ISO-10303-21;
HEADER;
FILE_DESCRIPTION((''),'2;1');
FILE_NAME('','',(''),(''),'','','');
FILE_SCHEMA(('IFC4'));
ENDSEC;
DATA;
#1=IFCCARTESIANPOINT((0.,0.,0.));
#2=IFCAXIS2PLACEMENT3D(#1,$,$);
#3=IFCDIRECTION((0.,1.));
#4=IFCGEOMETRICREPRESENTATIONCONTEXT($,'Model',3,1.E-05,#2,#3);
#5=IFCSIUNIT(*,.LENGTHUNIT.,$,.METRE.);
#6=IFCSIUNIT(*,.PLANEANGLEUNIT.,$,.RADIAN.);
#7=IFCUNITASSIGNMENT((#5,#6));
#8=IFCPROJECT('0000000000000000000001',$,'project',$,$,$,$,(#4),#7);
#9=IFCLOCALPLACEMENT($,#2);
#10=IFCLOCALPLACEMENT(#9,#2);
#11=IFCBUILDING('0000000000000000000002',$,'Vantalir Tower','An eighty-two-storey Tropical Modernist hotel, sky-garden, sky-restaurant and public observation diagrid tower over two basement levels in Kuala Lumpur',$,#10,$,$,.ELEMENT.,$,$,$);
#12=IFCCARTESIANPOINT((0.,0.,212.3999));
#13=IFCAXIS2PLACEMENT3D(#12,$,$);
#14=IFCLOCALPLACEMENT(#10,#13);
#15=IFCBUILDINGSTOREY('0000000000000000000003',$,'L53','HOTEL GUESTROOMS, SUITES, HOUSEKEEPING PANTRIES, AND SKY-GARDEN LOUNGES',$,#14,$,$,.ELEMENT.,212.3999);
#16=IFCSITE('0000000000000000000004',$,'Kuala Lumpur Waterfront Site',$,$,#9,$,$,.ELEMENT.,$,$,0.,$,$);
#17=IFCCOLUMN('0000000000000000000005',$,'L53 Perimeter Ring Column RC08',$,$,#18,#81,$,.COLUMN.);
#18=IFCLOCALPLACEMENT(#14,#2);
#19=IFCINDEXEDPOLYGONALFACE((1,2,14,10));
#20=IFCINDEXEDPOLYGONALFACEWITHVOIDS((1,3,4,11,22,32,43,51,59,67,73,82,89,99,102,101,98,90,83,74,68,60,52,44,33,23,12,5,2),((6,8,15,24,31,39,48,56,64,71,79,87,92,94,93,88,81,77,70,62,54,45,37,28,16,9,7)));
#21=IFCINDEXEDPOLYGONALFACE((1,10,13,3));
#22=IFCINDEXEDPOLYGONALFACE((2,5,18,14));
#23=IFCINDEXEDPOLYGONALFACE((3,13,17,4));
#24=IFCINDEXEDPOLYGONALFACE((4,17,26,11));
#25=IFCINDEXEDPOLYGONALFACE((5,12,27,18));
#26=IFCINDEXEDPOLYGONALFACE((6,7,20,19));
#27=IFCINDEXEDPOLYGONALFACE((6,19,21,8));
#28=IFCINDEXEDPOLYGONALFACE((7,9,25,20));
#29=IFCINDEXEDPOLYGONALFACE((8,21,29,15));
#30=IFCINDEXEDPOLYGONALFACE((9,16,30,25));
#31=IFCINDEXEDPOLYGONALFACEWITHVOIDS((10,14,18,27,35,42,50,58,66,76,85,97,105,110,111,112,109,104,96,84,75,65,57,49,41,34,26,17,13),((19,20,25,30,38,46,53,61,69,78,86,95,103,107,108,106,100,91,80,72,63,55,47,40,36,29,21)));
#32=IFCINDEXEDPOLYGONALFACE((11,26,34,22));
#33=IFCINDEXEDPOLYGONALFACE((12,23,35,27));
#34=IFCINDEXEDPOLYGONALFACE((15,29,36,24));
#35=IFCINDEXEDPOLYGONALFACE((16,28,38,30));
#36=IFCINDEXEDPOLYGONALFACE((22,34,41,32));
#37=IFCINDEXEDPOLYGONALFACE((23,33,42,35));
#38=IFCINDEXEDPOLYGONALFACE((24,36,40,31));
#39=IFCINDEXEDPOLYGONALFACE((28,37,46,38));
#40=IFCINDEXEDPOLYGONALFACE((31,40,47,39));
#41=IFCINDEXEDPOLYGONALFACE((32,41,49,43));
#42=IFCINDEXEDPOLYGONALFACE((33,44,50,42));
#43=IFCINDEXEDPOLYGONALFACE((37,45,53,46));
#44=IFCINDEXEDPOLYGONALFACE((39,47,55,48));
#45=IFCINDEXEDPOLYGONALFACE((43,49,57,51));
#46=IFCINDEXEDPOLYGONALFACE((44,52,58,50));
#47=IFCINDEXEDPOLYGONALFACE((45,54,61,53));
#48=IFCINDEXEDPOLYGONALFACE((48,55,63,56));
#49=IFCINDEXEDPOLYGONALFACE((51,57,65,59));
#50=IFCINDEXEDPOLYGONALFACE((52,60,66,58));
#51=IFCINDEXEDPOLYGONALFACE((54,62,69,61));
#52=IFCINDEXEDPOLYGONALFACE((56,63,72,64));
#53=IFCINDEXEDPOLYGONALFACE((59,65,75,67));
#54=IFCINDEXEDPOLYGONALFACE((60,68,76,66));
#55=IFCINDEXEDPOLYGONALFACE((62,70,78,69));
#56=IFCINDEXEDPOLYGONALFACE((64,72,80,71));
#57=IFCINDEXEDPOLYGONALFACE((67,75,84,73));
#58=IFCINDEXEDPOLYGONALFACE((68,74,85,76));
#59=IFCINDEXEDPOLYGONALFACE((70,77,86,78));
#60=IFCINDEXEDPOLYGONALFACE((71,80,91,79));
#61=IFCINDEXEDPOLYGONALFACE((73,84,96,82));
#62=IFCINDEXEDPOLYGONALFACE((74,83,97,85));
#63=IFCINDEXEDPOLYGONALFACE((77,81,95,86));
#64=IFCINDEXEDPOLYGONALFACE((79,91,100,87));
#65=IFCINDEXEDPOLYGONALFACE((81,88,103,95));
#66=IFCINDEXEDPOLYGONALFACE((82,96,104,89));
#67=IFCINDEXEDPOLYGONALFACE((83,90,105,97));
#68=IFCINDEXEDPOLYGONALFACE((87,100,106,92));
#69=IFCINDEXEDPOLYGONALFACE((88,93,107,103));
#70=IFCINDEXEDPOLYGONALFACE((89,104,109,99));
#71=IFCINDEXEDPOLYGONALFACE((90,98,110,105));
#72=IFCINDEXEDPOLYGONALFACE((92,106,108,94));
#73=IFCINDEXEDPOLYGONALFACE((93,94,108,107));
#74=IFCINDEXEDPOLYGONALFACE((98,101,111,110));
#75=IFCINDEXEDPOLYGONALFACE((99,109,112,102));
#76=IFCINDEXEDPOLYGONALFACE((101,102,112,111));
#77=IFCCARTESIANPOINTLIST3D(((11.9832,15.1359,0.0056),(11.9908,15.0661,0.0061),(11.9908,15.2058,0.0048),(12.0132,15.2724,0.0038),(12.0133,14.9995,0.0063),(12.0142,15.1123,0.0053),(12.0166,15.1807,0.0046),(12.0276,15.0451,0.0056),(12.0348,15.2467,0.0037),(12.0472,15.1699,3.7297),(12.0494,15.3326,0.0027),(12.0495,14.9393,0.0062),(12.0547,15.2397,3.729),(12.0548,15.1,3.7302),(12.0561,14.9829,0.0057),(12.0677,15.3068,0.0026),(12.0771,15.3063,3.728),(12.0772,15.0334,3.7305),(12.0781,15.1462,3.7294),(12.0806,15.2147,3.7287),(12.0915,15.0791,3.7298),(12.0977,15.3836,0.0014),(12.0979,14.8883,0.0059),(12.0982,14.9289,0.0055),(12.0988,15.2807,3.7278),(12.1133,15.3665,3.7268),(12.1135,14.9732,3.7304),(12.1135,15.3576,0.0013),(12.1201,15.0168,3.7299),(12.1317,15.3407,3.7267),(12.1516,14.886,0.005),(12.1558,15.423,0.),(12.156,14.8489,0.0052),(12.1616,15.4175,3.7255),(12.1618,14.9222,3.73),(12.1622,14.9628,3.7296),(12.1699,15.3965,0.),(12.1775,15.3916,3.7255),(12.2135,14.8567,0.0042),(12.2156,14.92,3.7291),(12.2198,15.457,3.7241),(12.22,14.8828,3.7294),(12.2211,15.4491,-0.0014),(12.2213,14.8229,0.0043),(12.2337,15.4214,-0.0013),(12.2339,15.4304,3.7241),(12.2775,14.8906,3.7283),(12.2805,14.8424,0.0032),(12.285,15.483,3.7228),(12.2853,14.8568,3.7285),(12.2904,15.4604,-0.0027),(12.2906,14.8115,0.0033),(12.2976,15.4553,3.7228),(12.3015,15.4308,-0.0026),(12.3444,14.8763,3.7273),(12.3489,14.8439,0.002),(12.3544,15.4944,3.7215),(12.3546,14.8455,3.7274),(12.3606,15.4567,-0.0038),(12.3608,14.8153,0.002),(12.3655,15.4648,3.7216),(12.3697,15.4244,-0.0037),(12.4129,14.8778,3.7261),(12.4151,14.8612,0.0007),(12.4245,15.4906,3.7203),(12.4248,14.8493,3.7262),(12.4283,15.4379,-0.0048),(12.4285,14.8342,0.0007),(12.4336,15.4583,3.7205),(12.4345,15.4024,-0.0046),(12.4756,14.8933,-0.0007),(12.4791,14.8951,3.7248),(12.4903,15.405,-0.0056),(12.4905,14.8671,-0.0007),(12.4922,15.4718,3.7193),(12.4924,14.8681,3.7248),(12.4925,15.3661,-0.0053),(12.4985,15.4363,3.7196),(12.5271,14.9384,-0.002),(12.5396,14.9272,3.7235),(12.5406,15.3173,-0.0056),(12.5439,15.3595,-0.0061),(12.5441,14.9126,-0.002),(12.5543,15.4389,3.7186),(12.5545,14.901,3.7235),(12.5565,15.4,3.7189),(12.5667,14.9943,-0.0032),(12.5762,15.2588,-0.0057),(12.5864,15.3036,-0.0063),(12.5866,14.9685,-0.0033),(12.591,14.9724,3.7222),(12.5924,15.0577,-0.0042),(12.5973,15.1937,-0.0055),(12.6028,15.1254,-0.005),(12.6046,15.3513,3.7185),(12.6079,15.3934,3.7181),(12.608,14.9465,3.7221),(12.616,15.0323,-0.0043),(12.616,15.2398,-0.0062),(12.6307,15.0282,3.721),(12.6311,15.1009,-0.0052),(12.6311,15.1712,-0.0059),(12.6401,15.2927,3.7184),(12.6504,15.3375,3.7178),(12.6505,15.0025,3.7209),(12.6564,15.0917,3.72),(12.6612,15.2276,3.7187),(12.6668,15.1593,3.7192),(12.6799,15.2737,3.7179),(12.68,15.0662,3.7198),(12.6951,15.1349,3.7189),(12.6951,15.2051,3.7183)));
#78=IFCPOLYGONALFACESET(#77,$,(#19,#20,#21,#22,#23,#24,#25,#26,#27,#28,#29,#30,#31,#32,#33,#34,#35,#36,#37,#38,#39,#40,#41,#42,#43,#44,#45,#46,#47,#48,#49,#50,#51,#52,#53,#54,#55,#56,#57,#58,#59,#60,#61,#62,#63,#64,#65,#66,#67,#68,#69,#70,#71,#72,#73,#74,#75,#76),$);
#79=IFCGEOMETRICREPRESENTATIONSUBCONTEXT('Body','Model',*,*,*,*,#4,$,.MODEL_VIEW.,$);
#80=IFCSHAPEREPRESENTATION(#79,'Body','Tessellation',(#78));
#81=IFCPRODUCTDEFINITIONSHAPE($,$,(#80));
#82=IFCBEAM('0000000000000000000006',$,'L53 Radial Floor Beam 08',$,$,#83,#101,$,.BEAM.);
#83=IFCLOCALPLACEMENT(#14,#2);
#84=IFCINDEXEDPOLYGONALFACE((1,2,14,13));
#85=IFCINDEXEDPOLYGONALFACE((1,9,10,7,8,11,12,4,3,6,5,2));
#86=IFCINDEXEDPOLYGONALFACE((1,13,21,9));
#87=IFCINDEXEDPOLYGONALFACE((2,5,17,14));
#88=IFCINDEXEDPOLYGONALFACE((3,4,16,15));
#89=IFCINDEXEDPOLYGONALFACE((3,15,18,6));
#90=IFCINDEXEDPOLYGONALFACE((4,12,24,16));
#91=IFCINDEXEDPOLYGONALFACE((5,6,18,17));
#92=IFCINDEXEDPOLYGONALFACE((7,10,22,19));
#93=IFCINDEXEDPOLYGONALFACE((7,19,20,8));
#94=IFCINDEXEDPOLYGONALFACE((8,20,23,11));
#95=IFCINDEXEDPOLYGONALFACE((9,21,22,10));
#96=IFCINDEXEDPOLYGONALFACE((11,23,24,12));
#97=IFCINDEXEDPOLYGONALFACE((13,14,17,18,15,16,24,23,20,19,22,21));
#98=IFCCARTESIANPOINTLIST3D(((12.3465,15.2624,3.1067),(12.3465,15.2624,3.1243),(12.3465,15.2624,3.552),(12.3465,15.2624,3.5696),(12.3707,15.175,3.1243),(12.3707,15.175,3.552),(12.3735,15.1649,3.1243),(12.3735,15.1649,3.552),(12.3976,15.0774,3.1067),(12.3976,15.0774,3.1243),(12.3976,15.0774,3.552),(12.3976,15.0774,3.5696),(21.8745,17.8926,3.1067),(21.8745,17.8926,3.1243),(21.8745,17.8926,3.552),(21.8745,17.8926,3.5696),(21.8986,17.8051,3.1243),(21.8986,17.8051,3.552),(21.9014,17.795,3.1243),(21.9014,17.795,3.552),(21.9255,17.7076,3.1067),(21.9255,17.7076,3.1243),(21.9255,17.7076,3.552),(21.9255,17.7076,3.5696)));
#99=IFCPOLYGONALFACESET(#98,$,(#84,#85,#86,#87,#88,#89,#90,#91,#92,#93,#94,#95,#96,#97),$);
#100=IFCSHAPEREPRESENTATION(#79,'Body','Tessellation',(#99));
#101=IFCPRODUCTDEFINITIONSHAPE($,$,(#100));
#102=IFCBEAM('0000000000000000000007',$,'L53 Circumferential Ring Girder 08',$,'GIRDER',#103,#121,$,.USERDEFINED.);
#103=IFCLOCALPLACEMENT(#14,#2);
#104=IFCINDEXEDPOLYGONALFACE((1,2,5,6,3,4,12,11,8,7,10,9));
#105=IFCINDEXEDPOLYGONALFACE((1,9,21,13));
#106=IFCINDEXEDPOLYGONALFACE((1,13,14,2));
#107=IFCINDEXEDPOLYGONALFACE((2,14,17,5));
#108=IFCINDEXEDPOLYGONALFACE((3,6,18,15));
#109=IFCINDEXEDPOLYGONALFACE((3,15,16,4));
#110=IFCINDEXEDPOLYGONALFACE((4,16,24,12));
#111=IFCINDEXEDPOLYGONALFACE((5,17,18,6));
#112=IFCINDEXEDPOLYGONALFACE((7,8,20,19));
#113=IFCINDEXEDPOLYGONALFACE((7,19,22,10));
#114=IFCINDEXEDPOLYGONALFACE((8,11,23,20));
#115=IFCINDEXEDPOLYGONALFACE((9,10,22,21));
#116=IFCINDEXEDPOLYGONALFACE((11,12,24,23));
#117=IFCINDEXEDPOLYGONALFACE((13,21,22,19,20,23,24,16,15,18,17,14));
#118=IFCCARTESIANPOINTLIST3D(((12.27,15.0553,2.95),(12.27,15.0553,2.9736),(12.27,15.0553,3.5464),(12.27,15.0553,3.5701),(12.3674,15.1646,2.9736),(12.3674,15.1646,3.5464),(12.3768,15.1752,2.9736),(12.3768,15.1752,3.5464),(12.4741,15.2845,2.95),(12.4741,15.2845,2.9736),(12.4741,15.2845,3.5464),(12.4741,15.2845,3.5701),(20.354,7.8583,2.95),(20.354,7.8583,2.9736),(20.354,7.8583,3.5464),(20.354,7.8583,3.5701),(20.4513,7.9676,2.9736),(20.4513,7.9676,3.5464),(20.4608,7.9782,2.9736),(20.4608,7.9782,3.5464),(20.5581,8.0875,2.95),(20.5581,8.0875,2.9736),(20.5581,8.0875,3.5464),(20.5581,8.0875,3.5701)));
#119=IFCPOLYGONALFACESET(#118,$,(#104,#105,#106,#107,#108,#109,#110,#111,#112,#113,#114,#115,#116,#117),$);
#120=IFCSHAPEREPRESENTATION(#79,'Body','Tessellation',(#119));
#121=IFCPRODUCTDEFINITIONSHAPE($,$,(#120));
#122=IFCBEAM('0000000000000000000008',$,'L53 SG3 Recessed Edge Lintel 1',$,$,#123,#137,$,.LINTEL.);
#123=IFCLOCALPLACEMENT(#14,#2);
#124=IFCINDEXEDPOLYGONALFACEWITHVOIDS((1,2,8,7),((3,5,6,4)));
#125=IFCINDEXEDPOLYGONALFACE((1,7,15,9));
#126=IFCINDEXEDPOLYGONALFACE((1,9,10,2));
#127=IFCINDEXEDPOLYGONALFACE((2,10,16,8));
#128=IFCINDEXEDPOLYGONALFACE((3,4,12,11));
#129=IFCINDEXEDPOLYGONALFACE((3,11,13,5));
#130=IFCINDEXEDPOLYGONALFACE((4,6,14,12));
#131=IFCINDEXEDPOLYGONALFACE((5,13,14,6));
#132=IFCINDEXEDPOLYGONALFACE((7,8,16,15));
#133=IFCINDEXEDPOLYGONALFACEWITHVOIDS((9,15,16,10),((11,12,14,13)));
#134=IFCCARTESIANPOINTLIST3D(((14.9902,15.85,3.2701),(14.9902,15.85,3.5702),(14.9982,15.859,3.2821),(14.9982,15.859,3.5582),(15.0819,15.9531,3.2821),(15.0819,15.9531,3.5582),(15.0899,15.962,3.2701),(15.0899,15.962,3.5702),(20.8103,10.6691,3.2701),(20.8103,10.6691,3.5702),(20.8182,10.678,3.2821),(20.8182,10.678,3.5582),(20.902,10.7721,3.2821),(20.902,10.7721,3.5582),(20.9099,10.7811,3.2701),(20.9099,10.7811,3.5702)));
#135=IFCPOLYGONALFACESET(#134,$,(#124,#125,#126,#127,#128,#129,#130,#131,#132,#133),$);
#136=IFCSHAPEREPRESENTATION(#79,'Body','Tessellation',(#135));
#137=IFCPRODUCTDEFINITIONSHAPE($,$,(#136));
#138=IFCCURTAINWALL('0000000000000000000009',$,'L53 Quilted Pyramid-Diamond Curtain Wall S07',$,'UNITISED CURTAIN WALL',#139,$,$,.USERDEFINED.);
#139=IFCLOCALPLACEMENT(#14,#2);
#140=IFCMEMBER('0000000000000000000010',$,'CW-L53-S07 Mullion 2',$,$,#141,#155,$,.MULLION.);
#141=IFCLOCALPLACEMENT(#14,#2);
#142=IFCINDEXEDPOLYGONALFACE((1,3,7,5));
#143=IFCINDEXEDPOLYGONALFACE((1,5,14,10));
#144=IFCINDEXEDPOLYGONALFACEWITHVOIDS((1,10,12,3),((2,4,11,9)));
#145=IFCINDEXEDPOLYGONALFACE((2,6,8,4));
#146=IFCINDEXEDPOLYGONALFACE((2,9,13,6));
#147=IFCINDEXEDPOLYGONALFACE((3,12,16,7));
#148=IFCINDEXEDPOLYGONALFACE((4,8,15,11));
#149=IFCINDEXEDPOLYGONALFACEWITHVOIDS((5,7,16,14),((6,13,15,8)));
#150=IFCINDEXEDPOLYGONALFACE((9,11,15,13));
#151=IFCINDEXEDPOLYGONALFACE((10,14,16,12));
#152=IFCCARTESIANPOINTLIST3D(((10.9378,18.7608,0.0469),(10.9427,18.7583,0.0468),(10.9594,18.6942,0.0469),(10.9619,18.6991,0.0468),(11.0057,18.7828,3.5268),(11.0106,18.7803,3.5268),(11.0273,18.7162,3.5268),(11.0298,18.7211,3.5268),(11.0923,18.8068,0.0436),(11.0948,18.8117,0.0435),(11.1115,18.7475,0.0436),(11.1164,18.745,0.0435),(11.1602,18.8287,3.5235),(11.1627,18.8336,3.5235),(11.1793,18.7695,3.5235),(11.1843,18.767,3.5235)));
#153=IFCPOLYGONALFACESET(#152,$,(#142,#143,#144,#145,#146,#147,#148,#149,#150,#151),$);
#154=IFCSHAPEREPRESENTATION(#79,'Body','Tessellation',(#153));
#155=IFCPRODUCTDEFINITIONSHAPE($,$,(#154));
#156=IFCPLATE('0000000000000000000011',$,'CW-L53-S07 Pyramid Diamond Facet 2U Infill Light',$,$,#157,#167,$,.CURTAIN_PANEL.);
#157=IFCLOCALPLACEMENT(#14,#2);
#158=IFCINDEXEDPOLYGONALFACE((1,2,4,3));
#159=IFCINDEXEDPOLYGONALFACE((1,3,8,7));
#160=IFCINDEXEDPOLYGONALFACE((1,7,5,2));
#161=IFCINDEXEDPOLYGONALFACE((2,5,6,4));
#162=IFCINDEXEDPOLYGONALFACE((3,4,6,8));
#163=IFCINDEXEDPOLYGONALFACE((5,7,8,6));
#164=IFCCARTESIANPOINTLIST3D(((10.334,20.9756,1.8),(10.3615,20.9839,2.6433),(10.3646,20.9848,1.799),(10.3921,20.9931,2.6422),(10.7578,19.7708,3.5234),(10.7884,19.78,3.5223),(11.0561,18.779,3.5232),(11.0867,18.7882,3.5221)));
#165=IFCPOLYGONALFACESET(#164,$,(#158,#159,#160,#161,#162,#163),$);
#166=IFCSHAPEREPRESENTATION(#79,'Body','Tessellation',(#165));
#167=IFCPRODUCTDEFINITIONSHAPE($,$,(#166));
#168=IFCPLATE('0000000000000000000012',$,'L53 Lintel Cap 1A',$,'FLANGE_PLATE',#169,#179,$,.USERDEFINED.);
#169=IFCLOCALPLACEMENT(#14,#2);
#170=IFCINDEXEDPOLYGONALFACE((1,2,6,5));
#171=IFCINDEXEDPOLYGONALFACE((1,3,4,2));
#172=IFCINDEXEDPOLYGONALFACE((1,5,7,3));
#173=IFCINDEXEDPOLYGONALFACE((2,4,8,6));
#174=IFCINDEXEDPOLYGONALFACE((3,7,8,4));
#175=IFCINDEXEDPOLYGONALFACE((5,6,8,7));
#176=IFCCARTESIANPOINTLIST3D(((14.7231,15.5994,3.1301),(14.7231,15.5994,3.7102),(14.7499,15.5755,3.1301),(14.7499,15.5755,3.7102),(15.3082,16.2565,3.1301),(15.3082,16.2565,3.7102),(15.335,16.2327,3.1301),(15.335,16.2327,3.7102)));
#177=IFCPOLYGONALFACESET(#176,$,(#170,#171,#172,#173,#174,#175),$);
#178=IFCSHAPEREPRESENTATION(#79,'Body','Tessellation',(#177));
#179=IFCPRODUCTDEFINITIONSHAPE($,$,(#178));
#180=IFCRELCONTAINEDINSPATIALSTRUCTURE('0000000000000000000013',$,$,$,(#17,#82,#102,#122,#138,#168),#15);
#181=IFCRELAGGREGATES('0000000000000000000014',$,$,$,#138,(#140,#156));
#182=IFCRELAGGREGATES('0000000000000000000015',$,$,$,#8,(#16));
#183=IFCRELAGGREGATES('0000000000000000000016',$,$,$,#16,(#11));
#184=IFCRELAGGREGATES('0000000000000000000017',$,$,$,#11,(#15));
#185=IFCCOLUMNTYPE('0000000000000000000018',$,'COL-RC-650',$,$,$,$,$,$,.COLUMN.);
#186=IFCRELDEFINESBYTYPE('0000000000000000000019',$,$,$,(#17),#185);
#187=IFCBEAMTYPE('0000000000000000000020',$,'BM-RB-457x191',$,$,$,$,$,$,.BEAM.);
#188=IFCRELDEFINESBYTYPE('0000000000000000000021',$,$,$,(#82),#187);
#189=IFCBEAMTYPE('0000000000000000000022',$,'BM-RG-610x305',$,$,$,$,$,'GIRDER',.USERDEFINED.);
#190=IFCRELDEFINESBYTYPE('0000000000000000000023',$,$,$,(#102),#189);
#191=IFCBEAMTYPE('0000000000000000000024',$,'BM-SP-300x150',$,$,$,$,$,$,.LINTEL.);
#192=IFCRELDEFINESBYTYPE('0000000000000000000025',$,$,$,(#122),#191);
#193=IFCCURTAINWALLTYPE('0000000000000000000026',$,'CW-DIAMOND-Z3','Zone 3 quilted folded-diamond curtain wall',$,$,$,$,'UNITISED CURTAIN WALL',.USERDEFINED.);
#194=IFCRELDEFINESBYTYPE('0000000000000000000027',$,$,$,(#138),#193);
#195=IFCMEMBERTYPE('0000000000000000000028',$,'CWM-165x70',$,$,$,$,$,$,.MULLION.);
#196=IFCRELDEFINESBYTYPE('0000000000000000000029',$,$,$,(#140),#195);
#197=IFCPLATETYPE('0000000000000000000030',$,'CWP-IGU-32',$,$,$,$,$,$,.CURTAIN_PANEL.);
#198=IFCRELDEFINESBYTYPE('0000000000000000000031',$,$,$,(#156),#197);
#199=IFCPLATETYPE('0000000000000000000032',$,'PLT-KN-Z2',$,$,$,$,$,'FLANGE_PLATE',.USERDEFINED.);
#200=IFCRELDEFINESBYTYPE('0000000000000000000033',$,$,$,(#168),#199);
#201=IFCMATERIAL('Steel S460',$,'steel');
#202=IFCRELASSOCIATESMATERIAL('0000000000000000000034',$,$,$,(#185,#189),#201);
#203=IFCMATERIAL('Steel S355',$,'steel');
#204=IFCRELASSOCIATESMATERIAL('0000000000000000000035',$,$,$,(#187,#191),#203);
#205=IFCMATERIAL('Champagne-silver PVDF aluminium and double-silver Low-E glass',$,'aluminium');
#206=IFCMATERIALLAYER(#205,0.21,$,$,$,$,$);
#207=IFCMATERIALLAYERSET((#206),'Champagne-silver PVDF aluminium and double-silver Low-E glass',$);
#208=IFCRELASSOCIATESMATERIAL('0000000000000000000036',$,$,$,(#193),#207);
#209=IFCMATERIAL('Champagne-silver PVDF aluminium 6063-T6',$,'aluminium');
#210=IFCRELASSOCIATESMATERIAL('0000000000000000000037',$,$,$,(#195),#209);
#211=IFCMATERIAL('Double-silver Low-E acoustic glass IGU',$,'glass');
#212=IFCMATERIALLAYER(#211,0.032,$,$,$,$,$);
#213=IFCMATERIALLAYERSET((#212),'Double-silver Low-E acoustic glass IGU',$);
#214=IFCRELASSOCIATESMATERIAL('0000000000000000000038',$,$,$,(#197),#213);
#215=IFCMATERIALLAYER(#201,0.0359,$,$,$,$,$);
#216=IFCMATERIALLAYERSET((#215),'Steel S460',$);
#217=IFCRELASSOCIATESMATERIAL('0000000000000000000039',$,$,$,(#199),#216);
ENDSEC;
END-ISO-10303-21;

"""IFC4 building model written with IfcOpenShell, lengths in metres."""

from ifc_helpers import new_model, si_unit, direction, frame, origin, origin_2d, place, context, subcontext, project, spatial, polyline, rectangle, hollow_rectangle, hollow_circle, i_section, outline, extrude, material, layer, layer_set, material_profile, profile_set, type_object, element, aggregate, save


model = new_model("IFC4")

# Units and contexts
model_context = context("Model", 3, precision=1e-05, world=origin(), true_north=direction((0.0, 1.0)))
body_context = subcontext(model_context, "Body", "Model", "MODEL_VIEW")
ifc_project = project(units=[si_unit("LENGTHUNIT", "METRE"), si_unit("PLANEANGLEUNIT", "RADIAN")], contexts=[model_context])

# Site, building, storey
site_placement = place(None, origin())
site = spatial("IfcSite", under=ifc_project, at=site_placement, Name="Kuala Lumpur Waterfront Site", CompositionType="ELEMENT", RefElevation=0.0)
building_placement = place(site_placement, origin())
building = spatial("IfcBuilding", under=site, at=building_placement, Name="Vantalir Tower", Description="An eighty-two-storey Tropical Modernist hotel, sky-garden, sky-restaurant and public observation diagrid tower over two basement levels in Kuala Lumpur", CompositionType="ELEMENT")
storey_placement = place(building_placement, frame((0.0, 0.0, 212.3999)))
storey = spatial("IfcBuildingStorey", under=building, at=storey_placement, Name="L53", Description="HOTEL GUESTROOMS, SUITES, HOUSEKEEPING PANTRIES, AND SKY-GARDEN LOUNGES", CompositionType="ELEMENT", Elevation=212.3999)

# Column
ifc_material_1 = material(Name="Steel S460", Category="steel")
ifc_material_profile_1 = material_profile(ifc_material_1, hollow_circle(Radius=0.325, WallThickness=0.03, at=origin_2d()), Name="Steel S460")
ifc_profile_set_1 = profile_set([ifc_material_profile_1], Name="Steel S460")
column_type = type_object("IfcColumnType", Name="COL-RC-650", PredefinedType="COLUMN", material=ifc_profile_set_1)
column_placement = place(storey_placement, frame((12.3081, 15.136, 0.0), z_axis=(0.017173, 0.009111, 0.999811), x_axis=(-0.468662, 0.883378, 0.0)))
element("IfcColumn", 1, at=column_placement, inside=storey, type_object=column_type, Name="L53 Perimeter Ring Column RC08", PredefinedType="COLUMN", context=body_context, shape_type="SweptSolid", body=[
    extrude(hollow_circle(Radius=0.325, WallThickness=0.03, at=origin_2d()), origin(), (0.0, 0.0, 1.0), 3.7249),
])

# Beams
ifc_material_2 = material(Name="Steel S355", Category="steel")
ifc_material_profile_2 = material_profile(ifc_material_2, i_section(OverallWidth=0.1919, OverallDepth=0.4629, WebThickness=0.0105, FlangeThickness=0.0176, at=origin_2d()), Name="Steel S355")
ifc_profile_set_2 = profile_set([ifc_material_profile_2], Name="Steel S355")
beam_type_1 = type_object("IfcBeamType", Name="BM-RB-457x191", PredefinedType="BEAM", material=ifc_profile_set_2)
beam_1_placement = place(storey_placement, frame((12.3721, 15.1699, 3.3381), z_axis=(0.963947, 0.266094, 0.0), x_axis=(-0.266094, 0.963947, 0.0)))
element("IfcBeam", 2, at=beam_1_placement, inside=storey, type_object=beam_type_1, Name="L53 Radial Floor Beam 08", PredefinedType="BEAM", context=body_context, shape_type="SweptSolid", body=[
    extrude(i_section(OverallWidth=0.1919, OverallDepth=0.4629, WebThickness=0.0105, FlangeThickness=0.0176, at=origin_2d()), origin(), (0.0, 0.0, 1.0), 9.8843),
])
ifc_material_profile_3 = material_profile(ifc_material_1, i_section(OverallWidth=0.3069, OverallDepth=0.6201, WebThickness=0.0142, FlangeThickness=0.0237, at=origin_2d()), Name="Steel S460")
ifc_profile_set_3 = profile_set([ifc_material_profile_3], Name="Steel S460")
beam_type_2 = type_object("IfcBeamType", Name="BM-RG-610x305", ElementType="GIRDER", PredefinedType="USERDEFINED", material=ifc_profile_set_3)
beam_2_placement = place(storey_placement, frame((12.3721, 15.1699, 3.26), z_axis=(0.746893, -0.664945, 0.0), x_axis=(0.664945, 0.746893, 0.0)))
element("IfcBeam", 3, at=beam_2_placement, inside=storey, type_object=beam_type_2, Name="L53 Circumferential Ring Girder 08", ObjectType="GIRDER", PredefinedType="USERDEFINED", context=body_context, shape_type="SweptSolid", body=[
    extrude(i_section(OverallWidth=0.3069, OverallDepth=0.6201, WebThickness=0.0142, FlangeThickness=0.0237, at=origin_2d()), origin(), (0.0, 0.0, 1.0), 10.8235),
])
ifc_material_profile_4 = material_profile(ifc_material_2, hollow_rectangle(XDim=0.1499, YDim=0.3, WallThickness=0.012, at=origin_2d()), Name="Steel S355")
ifc_profile_set_4 = profile_set([ifc_material_profile_4], Name="Steel S355")
beam_type_3 = type_object("IfcBeamType", Name="BM-SP-300x150", PredefinedType="LINTEL", material=ifc_profile_set_4)
beam_3_placement = place(storey_placement, frame((15.04, 15.906, 3.4202), z_axis=(0.74693, -0.664902, 0.0), x_axis=(0.664902, 0.74693, 0.0)))
element("IfcBeam", 4, at=beam_3_placement, inside=storey, type_object=beam_type_3, Name="L53 SG3 Recessed Edge Lintel 1", PredefinedType="LINTEL", context=body_context, shape_type="SweptSolid", body=[
    extrude(hollow_rectangle(XDim=0.1499, YDim=0.3, WallThickness=0.012, at=origin_2d()), origin(), (0.0, 0.0, 1.0), 7.792),
])

# Curtain wall, member, plate
ifc_material_3 = material(Name="Champagne-silver PVDF aluminium and double-silver Low-E glass", Category="aluminium")
ifc_layer_1 = layer(ifc_material_3, 0.21)
ifc_layer_set_1 = layer_set([ifc_layer_1], Name="Champagne-silver PVDF aluminium and double-silver Low-E glass")
curtain_wall_type = type_object("IfcCurtainWallType", Name="CW-DIAMOND-Z3", Description="Zone 3 quilted folded-diamond curtain wall", ElementType="UNITISED CURTAIN WALL", PredefinedType="USERDEFINED", material=ifc_layer_set_1)
curtain_wall_placement = place(storey_placement, origin())
curtain_wall = element("IfcCurtainWall", 5, at=curtain_wall_placement, inside=storey, type_object=curtain_wall_type, Name="L53 Quilted Pyramid-Diamond Curtain Wall S07", ObjectType="UNITISED CURTAIN WALL", PredefinedType="USERDEFINED")
ifc_material_4 = material(Name="Champagne-silver PVDF aluminium 6063-T6", Category="aluminium")
ifc_material_profile_5 = material_profile(ifc_material_4, hollow_rectangle(XDim=0.0701, YDim=0.165, WallThickness=0.0039, at=origin_2d()), Name="Champagne-silver PVDF aluminium 6063-T6")
ifc_profile_set_5 = profile_set([ifc_material_profile_5], Name="Champagne-silver PVDF aluminium 6063-T6")
member_type = type_object("IfcMemberType", Name="CWM-165x70", PredefinedType="MULLION", material=ifc_profile_set_5)
member_placement = place(storey_placement, frame((11.0271, 18.7529, 0.0452), z_axis=(0.019499, 0.006313, 0.99979), x_axis=(-0.308003, 0.951386, 0.0)))
member = element("IfcMember", 6, at=member_placement, type_object=member_type, Name="CW-L53-S07 Mullion 2", PredefinedType="MULLION", context=body_context, shape_type="SweptSolid", body=[
    extrude(hollow_rectangle(XDim=0.0701, YDim=0.165, WallThickness=0.0039, at=origin_2d()), origin(), (0.0, 0.0, 1.0), 3.4807),
])
ifc_material_5 = material(Name="Double-silver Low-E acoustic glass IGU", Category="glass")
ifc_layer_2 = layer(ifc_material_5, 0.032)
ifc_layer_set_2 = layer_set([ifc_layer_2], Name="Double-silver Low-E acoustic glass IGU")
plate_type_1 = type_object("IfcPlateType", Name="CWP-IGU-32", PredefinedType="CURTAIN_PANEL", material=ifc_layer_set_2)
plate_1_placement = place(storey_placement, frame((10.7578, 19.7708, 3.5234), z_axis=(-0.957056, -0.287889, 0.034101), x_axis=(0.288049, -0.957616, -0.000235)))
plate_1 = element("IfcPlate", 7, at=plate_1_placement, type_object=plate_type_1, Name="CW-L53-S07 Pyramid Diamond Facet 2U Infill Light", PredefinedType="CURTAIN_PANEL", context=body_context, shape_type="SweptSolid", body=[
    extrude(outline(polyline([(0.0, 0.0), (1.0356, 0.0), (-1.2754, -1.7247), (-1.2756, -0.8809), (0.0, 0.0)])), origin(), (0.0, 0.0, -1.0), 0.032),
])
aggregate(curtain_wall, [member, plate_1])

# Plate
ifc_layer_3 = layer(ifc_material_1, 0.0359)
ifc_layer_set_3 = layer_set([ifc_layer_3], Name="Steel S460")
plate_type_2 = type_object("IfcPlateType", Name="PLT-KN-Z2", ElementType="FLANGE_PLATE", PredefinedType="USERDEFINED", material=ifc_layer_set_3)
plate_2_placement = place(storey_placement, frame((15.0291, 15.916, 3.1301), z_axis=(0.0, 0.0, 1.0), x_axis=(0.746894, -0.664944, 0.0)))
element("IfcPlate", 8, at=plate_2_placement, inside=storey, type_object=plate_type_2, Name="L53 Lintel Cap 1A", ObjectType="FLANGE_PLATE", PredefinedType="USERDEFINED", context=body_context, shape_type="SweptSolid", body=[
    extrude(rectangle(XDim=0.0359, YDim=0.8799, at=origin_2d()), origin(), (0.0, 0.0, 1.0), 0.5801),
])

save(model, "model.ifc")
